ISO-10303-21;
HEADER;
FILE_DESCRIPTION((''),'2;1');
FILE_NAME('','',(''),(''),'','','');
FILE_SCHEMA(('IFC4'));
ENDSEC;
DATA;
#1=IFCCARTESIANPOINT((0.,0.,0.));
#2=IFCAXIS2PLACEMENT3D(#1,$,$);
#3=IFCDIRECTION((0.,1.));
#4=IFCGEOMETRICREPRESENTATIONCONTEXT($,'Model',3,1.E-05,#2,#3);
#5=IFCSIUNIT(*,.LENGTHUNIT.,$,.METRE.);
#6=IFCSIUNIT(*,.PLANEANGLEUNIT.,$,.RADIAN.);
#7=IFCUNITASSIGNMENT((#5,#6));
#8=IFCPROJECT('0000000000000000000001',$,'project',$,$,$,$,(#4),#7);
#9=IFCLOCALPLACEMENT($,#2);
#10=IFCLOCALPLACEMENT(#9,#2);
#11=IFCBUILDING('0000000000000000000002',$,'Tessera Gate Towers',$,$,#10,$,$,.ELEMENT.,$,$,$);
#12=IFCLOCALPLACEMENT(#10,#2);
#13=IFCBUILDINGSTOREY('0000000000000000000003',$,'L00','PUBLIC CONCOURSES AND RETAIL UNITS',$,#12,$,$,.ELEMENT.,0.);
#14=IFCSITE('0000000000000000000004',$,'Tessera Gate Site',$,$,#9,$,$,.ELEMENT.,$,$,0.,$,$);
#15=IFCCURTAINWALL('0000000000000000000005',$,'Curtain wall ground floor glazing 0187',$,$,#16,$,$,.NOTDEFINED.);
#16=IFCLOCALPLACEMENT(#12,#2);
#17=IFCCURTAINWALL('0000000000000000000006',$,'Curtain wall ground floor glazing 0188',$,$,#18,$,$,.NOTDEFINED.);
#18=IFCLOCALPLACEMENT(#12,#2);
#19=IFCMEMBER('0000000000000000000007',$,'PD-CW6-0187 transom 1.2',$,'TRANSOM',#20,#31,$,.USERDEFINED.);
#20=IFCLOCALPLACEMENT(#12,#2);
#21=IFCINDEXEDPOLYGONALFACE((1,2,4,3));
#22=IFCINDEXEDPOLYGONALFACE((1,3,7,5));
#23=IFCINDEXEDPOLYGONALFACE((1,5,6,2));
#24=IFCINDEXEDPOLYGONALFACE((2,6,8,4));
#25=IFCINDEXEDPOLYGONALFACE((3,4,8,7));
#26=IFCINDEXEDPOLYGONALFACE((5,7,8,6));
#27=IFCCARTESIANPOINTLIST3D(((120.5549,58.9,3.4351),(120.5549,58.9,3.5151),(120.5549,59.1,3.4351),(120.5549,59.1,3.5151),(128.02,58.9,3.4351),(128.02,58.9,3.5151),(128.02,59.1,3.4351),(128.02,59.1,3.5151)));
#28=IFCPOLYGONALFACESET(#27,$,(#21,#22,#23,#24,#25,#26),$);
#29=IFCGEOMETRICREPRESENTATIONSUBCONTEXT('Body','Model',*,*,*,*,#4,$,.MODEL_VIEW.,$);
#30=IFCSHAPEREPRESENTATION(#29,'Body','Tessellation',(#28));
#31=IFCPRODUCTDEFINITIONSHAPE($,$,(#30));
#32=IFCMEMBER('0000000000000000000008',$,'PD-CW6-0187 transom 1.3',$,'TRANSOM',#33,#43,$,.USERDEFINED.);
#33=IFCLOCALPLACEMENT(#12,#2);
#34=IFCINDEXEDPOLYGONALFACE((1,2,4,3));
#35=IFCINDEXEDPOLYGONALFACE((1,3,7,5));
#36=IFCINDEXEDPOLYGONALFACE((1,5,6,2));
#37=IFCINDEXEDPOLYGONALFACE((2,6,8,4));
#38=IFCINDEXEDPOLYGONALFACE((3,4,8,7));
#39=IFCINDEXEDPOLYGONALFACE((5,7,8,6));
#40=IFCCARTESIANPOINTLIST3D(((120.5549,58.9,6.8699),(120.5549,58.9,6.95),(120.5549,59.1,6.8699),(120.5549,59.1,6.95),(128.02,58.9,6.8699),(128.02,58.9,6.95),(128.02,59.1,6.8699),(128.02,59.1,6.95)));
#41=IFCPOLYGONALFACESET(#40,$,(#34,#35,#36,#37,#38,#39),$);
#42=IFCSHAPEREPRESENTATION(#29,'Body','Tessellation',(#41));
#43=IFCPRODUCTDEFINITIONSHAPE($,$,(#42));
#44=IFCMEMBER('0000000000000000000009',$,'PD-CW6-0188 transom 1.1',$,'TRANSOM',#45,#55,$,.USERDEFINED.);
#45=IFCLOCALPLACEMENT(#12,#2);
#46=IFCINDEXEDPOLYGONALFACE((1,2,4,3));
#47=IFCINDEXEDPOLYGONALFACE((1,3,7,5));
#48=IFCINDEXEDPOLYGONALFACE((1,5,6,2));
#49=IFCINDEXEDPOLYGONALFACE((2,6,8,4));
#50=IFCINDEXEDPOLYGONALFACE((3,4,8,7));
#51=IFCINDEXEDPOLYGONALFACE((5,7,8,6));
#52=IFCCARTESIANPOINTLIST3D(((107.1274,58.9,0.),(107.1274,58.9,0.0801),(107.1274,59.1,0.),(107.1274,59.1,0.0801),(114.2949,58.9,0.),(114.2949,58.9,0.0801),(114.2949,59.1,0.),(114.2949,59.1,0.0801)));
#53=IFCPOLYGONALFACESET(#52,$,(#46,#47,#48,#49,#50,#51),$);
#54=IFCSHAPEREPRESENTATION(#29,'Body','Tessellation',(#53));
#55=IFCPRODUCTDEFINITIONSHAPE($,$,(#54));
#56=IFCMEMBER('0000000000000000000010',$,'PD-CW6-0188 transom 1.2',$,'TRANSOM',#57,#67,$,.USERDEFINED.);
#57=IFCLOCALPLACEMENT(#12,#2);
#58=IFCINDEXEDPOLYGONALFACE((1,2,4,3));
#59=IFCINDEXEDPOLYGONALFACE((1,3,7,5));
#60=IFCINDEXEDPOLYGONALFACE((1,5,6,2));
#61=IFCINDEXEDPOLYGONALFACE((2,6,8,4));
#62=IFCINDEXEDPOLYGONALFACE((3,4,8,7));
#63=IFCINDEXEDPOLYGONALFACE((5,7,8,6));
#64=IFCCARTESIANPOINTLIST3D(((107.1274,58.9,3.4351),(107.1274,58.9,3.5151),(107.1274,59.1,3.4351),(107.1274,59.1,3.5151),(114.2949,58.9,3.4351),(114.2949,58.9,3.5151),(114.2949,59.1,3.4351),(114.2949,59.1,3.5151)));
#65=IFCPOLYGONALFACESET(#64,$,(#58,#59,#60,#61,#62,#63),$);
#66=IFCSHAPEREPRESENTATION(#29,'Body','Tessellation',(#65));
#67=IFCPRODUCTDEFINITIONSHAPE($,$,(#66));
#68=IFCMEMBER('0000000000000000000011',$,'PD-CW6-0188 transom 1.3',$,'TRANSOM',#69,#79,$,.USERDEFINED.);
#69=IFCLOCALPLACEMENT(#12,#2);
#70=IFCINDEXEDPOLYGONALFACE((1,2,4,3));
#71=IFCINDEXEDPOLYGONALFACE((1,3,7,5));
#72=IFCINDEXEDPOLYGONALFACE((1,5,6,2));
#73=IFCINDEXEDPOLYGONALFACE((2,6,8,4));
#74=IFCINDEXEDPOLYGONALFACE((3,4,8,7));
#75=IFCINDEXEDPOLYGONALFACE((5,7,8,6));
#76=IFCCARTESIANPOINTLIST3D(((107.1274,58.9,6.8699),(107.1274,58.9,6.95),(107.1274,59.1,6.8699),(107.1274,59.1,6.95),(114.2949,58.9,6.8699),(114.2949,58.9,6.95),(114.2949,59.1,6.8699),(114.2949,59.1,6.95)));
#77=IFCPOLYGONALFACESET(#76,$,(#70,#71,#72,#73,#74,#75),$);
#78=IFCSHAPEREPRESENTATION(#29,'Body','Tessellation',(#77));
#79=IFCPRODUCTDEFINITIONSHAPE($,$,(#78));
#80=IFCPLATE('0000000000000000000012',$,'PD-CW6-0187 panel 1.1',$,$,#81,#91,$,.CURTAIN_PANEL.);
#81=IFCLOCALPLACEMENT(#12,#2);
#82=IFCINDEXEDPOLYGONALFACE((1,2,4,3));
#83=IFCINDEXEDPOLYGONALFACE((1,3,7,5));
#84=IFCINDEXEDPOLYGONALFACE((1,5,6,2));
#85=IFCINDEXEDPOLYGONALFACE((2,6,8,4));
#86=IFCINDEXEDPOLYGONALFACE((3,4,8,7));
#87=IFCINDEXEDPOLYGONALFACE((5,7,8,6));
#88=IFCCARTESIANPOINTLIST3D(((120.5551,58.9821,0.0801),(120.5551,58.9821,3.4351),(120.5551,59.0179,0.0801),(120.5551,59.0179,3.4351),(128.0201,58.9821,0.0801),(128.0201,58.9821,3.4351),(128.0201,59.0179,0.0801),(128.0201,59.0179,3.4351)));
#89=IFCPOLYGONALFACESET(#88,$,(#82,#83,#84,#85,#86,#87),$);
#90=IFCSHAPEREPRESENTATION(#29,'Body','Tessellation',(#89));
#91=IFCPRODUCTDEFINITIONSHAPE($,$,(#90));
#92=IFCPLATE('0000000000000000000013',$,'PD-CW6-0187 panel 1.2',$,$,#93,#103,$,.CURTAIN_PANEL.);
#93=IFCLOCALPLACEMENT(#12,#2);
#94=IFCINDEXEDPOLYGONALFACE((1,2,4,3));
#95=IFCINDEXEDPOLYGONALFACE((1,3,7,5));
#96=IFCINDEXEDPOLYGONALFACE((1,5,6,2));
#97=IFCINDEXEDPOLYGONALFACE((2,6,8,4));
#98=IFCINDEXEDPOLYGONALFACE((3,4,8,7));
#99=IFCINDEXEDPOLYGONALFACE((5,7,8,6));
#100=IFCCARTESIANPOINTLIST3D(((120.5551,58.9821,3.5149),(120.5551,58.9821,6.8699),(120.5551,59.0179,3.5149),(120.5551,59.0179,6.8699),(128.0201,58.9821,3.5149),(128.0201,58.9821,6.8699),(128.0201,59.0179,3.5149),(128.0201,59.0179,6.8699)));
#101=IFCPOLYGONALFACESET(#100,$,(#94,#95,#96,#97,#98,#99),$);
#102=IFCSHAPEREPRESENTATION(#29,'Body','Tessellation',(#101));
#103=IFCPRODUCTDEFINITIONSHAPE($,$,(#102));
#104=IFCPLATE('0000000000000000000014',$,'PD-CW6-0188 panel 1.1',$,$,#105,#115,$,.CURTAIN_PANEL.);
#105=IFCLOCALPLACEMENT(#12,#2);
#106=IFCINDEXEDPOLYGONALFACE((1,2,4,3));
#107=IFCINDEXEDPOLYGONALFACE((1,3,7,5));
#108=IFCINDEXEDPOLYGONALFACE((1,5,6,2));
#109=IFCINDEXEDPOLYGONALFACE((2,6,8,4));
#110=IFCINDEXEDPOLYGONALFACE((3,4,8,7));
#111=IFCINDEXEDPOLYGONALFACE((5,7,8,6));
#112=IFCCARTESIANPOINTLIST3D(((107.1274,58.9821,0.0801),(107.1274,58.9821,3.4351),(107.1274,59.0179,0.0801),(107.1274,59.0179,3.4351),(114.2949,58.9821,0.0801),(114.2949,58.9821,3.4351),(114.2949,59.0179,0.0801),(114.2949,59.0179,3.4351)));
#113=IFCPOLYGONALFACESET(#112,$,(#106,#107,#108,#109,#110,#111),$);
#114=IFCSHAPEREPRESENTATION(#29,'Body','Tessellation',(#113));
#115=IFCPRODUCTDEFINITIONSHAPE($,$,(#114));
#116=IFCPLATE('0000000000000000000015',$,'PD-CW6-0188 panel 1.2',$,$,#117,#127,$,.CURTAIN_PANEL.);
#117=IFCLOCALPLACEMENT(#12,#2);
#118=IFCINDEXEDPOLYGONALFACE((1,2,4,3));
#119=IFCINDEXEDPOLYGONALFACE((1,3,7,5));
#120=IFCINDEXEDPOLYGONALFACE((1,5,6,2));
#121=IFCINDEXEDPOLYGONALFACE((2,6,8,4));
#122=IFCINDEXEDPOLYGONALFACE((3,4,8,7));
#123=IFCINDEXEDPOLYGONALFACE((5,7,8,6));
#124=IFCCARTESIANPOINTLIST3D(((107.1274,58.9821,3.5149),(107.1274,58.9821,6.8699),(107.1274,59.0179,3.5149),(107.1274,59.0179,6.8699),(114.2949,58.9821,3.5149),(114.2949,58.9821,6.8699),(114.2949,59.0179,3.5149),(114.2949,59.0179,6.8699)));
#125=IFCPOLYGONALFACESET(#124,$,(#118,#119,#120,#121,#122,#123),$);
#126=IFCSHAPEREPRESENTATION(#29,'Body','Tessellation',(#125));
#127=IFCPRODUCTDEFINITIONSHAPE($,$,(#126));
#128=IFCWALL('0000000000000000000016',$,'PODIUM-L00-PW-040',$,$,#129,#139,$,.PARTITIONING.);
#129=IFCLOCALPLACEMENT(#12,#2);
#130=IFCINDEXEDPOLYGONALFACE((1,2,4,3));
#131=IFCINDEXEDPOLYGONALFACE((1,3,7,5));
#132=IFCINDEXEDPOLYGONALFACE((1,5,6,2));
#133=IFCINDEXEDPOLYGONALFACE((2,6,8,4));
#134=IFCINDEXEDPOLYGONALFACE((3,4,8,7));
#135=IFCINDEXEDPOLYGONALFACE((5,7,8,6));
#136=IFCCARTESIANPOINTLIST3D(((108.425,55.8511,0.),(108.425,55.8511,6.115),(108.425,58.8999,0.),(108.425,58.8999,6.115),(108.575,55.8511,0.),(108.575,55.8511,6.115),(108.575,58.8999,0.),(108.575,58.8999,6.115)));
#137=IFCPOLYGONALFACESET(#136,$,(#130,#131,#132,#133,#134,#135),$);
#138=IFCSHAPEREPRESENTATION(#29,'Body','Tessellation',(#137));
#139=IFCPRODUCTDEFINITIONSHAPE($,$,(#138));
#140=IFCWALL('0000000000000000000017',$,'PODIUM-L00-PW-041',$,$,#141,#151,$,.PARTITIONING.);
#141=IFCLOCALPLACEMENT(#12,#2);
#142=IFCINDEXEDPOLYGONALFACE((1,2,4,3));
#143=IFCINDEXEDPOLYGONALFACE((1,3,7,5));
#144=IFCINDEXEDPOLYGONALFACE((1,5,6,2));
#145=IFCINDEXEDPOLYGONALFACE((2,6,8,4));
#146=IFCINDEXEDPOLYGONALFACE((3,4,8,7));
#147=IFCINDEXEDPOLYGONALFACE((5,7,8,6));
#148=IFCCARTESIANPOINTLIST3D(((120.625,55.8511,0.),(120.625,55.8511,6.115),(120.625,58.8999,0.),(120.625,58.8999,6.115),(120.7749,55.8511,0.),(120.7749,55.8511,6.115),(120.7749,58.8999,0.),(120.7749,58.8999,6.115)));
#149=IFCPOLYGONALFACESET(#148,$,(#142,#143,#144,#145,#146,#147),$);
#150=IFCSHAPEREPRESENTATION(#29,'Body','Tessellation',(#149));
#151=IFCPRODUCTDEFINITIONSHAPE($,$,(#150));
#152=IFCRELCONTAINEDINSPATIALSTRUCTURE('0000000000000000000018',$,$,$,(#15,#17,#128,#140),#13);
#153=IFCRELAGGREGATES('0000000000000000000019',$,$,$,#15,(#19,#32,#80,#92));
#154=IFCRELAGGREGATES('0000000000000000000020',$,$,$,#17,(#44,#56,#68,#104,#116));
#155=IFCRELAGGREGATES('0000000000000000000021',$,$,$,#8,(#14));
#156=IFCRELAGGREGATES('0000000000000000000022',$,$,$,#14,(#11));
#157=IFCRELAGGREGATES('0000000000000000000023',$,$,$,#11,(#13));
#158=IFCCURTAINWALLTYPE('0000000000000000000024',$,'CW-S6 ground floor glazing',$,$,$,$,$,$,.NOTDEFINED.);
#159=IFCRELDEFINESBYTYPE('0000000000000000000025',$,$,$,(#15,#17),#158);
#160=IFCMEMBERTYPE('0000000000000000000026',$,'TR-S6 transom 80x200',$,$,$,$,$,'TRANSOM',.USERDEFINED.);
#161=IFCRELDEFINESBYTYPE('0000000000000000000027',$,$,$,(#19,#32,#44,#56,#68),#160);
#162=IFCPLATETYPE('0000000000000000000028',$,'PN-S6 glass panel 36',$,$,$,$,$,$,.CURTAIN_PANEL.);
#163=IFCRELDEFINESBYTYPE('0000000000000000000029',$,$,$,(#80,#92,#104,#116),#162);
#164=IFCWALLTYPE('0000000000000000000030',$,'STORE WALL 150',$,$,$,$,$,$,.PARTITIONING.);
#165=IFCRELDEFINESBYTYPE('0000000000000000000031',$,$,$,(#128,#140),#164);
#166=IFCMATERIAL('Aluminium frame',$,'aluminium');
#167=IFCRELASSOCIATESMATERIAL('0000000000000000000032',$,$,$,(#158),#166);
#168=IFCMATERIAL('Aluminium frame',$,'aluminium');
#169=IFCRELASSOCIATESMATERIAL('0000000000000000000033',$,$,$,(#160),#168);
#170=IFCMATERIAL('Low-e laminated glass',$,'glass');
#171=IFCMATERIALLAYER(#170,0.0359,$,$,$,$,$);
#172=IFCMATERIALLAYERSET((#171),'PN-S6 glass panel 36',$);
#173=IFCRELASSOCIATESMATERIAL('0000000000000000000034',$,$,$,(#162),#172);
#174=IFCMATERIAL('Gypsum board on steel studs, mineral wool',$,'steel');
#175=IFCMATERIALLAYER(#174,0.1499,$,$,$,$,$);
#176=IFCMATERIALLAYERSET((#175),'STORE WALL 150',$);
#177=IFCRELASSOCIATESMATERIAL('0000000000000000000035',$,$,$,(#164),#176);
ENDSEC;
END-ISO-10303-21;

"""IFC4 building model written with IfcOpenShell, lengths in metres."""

from ifc_helpers import new_model, si_unit, direction, frame, frame_2d, origin, origin_2d, place, context, subcontext, project, spatial, rectangle, extrude, material, layer, layer_set, material_profile, profile_set, type_object, element, aggregate, save


model = new_model("IFC4")

# Units and contexts
model_context = context("Model", 3, precision=1e-05, world=origin(), true_north=direction((0.0, 1.0)))
body_context = subcontext(model_context, "Body", "Model", "MODEL_VIEW")
ifc_project = project(units=[si_unit("LENGTHUNIT", "METRE"), si_unit("PLANEANGLEUNIT", "RADIAN")], contexts=[model_context])

# Site, building, storey
site_placement = place(None, origin())
site = spatial("IfcSite", under=ifc_project, at=site_placement, Name="Tessera Gate Site", CompositionType="ELEMENT", RefElevation=0.0)
building_placement = place(site_placement, origin())
building = spatial("IfcBuilding", under=site, at=building_placement, Name="Tessera Gate Towers", CompositionType="ELEMENT")
storey_placement = place(building_placement, origin())
storey = spatial("IfcBuildingStorey", under=building, at=storey_placement, Name="L00", Description="PUBLIC CONCOURSES AND RETAIL UNITS", CompositionType="ELEMENT", Elevation=0.0)

# Shared definitions
ifc_material_1 = material(Name="Aluminium frame", Category="aluminium")
curtain_wall_type = type_object("IfcCurtainWallType", Name="CW-S6 ground floor glazing", PredefinedType="NOTDEFINED", material=ifc_material_1)

# Curtain wall
curtain_wall_1_placement = place(storey_placement, origin())
curtain_wall_1 = element("IfcCurtainWall", 1, at=curtain_wall_1_placement, inside=storey, type_object=curtain_wall_type, Name="Curtain wall ground floor glazing 0187", PredefinedType="NOTDEFINED")

# Curtain wall
curtain_wall_2_placement = place(storey_placement, origin())
curtain_wall_2 = element("IfcCurtainWall", 2, at=curtain_wall_2_placement, inside=storey, type_object=curtain_wall_type, Name="Curtain wall ground floor glazing 0188", PredefinedType="NOTDEFINED")

# Members
ifc_material_2 = material(Name="Aluminium frame", Category="aluminium")
ifc_material_profile_1 = material_profile(ifc_material_2, rectangle(XDim=0.2, YDim=0.0801, at=origin_2d()), Name="AL 80x200")
ifc_profile_set_1 = profile_set([ifc_material_profile_1], Name="Aluminium frame")
member_type_1 = type_object("IfcMemberType", Name="TR-S6 transom 80x200", ElementType="TRANSOM", PredefinedType="USERDEFINED", material=ifc_profile_set_1)
member_1_placement = place(storey_placement, frame((128.02, 59.0, 3.4751), z_axis=(-1.0, 0.0, 0.0), x_axis=(0.0, -1.0, 0.0)))
member_1 = element("IfcMember", 3, at=member_1_placement, type_object=member_type_1, Name="PD-CW6-0187 transom 1.2", ObjectType="TRANSOM", PredefinedType="USERDEFINED", context=body_context, shape_type="SweptSolid", body=[
    extrude(rectangle(XDim=0.2, YDim=0.0801, at=origin_2d()), origin(), (0.0, 0.0, 1.0), 7.4651),
])
member_2_placement = place(storey_placement, frame((128.02, 59.0, 6.9099), z_axis=(-1.0, 0.0, 0.0), x_axis=(0.0, -1.0, 0.0)))
member_2 = element("IfcMember", 4, at=member_2_placement, type_object=member_type_1, Name="PD-CW6-0187 transom 1.3", ObjectType="TRANSOM", PredefinedType="USERDEFINED", context=body_context, shape_type="SweptSolid", body=[
    extrude(rectangle(XDim=0.2, YDim=0.0801, at=origin_2d()), origin(), (0.0, 0.0, 1.0), 7.4651),
])
member_3_placement = place(storey_placement, frame((114.2949, 59.0, 0.04), z_axis=(-1.0, 0.0, 0.0), x_axis=(0.0, -1.0, 0.0)))
member_3 = element("IfcMember", 5, at=member_3_placement, type_object=member_type_1, Name="PD-CW6-0188 transom 1.1", ObjectType="TRANSOM", PredefinedType="USERDEFINED", context=body_context, shape_type="SweptSolid", body=[
    extrude(rectangle(XDim=0.2, YDim=0.0801, at=origin_2d()), origin(), (0.0, 0.0, 1.0), 7.1675),
])
member_4_placement = place(storey_placement, frame((114.2949, 59.0, 3.4751), z_axis=(-1.0, 0.0, 0.0), x_axis=(0.0, -1.0, 0.0)))
member_4 = element("IfcMember", 6, at=member_4_placement, type_object=member_type_1, Name="PD-CW6-0188 transom 1.2", ObjectType="TRANSOM", PredefinedType="USERDEFINED", context=body_context, shape_type="SweptSolid", body=[
    extrude(rectangle(XDim=0.2, YDim=0.0801, at=origin_2d()), origin(), (0.0, 0.0, 1.0), 7.1675),
])
member_5_placement = place(storey_placement, frame((114.2949, 59.0, 6.9099), z_axis=(-1.0, 0.0, 0.0), x_axis=(0.0, -1.0, 0.0)))
member_5 = element("IfcMember", 7, at=member_5_placement, type_object=member_type_1, Name="PD-CW6-0188 transom 1.3", ObjectType="TRANSOM", PredefinedType="USERDEFINED", context=body_context, shape_type="SweptSolid", body=[
    extrude(rectangle(XDim=0.2, YDim=0.0801, at=origin_2d()), origin(), (0.0, 0.0, 1.0), 7.1675),
])

# Plates
ifc_material_3 = material(Name="Low-e laminated glass", Category="glass")
ifc_layer_1 = layer(ifc_material_3, 0.0359)
ifc_layer_set_1 = layer_set([ifc_layer_1], Name="PN-S6 glass panel 36")
plate_type_1 = type_object("IfcPlateType", Name="PN-S6 glass panel 36", PredefinedType="CURTAIN_PANEL", material=ifc_layer_set_1)
plate_1_placement = place(storey_placement, frame((124.2876, 59.0, 0.0801), z_axis=(0.0, 0.0, 1.0), x_axis=(-1.0, 0.0, 0.0)))
plate_1 = element("IfcPlate", 8, at=plate_1_placement, type_object=plate_type_1, Name="PD-CW6-0187 panel 1.1", PredefinedType="CURTAIN_PANEL", context=body_context, shape_type="SweptSolid", body=[
    extrude(rectangle(XDim=7.4651, YDim=0.0359, at=origin_2d()), origin(), (0.0, 0.0, 1.0), 3.355),
])
plate_2_placement = place(storey_placement, frame((124.2876, 59.0, 3.5149), z_axis=(0.0, 0.0, 1.0), x_axis=(-1.0, 0.0, 0.0)))
plate_2 = element("IfcPlate", 9, at=plate_2_placement, type_object=plate_type_1, Name="PD-CW6-0187 panel 1.2", PredefinedType="CURTAIN_PANEL", context=body_context, shape_type="SweptSolid", body=[
    extrude(rectangle(XDim=7.4651, YDim=0.0359, at=origin_2d()), origin(), (0.0, 0.0, 1.0), 3.355),
])
aggregate(curtain_wall_1, [member_1, member_2, plate_1, plate_2])
plate_3_placement = place(storey_placement, frame((110.7112, 59.0, 0.0801), z_axis=(0.0, 0.0, 1.0), x_axis=(-1.0, 0.0, 0.0)))
plate_3 = element("IfcPlate", 10, at=plate_3_placement, type_object=plate_type_1, Name="PD-CW6-0188 panel 1.1", PredefinedType="CURTAIN_PANEL", context=body_context, shape_type="SweptSolid", body=[
    extrude(rectangle(XDim=7.1675, YDim=0.0359, at=origin_2d()), origin(), (0.0, 0.0, 1.0), 3.355),
])
plate_4_placement = place(storey_placement, frame((110.7112, 59.0, 3.5149), z_axis=(0.0, 0.0, 1.0), x_axis=(-1.0, 0.0, 0.0)))
plate_4 = element("IfcPlate", 11, at=plate_4_placement, type_object=plate_type_1, Name="PD-CW6-0188 panel 1.2", PredefinedType="CURTAIN_PANEL", context=body_context, shape_type="SweptSolid", body=[
    extrude(rectangle(XDim=7.1675, YDim=0.0359, at=origin_2d()), origin(), (0.0, 0.0, 1.0), 3.355),
])
aggregate(curtain_wall_2, [member_3, member_4, member_5, plate_3, plate_4])

# Walls
ifc_material_4 = material(Name="Gypsum board on steel studs, mineral wool", Category="steel")
ifc_layer_2 = layer(ifc_material_4, 0.1499)
ifc_layer_set_2 = layer_set([ifc_layer_2], Name="STORE WALL 150")
wall_type_1 = type_object("IfcWallType", Name="STORE WALL 150", PredefinedType="PARTITIONING", material=ifc_layer_set_2)
for number, where, z_axis, x_axis, name in (
    (12, (108.5, 55.8511, 0.0), (0.0, 0.0, 1.0), (0.0, 1.0, 0.0), "PODIUM-L00-PW-040"),
    (13, (120.7, 55.8511, 0.0), (0.0, 0.0, 1.0), (0.0, 1.0, 0.0), "PODIUM-L00-PW-041"),
):
    element("IfcWall", number, at=place(storey_placement, frame(where, z_axis=z_axis, x_axis=x_axis)), inside=storey, type_object=wall_type_1, Name=name, PredefinedType="PARTITIONING", context=body_context, shape_type="SweptSolid", body=[
        extrude(rectangle(XDim=3.0488, YDim=0.1499, at=frame_2d((1.5244, 0.0))), origin(), (0.0, 0.0, 1.0), 6.115),
    ])

save(model, "model.ifc")
